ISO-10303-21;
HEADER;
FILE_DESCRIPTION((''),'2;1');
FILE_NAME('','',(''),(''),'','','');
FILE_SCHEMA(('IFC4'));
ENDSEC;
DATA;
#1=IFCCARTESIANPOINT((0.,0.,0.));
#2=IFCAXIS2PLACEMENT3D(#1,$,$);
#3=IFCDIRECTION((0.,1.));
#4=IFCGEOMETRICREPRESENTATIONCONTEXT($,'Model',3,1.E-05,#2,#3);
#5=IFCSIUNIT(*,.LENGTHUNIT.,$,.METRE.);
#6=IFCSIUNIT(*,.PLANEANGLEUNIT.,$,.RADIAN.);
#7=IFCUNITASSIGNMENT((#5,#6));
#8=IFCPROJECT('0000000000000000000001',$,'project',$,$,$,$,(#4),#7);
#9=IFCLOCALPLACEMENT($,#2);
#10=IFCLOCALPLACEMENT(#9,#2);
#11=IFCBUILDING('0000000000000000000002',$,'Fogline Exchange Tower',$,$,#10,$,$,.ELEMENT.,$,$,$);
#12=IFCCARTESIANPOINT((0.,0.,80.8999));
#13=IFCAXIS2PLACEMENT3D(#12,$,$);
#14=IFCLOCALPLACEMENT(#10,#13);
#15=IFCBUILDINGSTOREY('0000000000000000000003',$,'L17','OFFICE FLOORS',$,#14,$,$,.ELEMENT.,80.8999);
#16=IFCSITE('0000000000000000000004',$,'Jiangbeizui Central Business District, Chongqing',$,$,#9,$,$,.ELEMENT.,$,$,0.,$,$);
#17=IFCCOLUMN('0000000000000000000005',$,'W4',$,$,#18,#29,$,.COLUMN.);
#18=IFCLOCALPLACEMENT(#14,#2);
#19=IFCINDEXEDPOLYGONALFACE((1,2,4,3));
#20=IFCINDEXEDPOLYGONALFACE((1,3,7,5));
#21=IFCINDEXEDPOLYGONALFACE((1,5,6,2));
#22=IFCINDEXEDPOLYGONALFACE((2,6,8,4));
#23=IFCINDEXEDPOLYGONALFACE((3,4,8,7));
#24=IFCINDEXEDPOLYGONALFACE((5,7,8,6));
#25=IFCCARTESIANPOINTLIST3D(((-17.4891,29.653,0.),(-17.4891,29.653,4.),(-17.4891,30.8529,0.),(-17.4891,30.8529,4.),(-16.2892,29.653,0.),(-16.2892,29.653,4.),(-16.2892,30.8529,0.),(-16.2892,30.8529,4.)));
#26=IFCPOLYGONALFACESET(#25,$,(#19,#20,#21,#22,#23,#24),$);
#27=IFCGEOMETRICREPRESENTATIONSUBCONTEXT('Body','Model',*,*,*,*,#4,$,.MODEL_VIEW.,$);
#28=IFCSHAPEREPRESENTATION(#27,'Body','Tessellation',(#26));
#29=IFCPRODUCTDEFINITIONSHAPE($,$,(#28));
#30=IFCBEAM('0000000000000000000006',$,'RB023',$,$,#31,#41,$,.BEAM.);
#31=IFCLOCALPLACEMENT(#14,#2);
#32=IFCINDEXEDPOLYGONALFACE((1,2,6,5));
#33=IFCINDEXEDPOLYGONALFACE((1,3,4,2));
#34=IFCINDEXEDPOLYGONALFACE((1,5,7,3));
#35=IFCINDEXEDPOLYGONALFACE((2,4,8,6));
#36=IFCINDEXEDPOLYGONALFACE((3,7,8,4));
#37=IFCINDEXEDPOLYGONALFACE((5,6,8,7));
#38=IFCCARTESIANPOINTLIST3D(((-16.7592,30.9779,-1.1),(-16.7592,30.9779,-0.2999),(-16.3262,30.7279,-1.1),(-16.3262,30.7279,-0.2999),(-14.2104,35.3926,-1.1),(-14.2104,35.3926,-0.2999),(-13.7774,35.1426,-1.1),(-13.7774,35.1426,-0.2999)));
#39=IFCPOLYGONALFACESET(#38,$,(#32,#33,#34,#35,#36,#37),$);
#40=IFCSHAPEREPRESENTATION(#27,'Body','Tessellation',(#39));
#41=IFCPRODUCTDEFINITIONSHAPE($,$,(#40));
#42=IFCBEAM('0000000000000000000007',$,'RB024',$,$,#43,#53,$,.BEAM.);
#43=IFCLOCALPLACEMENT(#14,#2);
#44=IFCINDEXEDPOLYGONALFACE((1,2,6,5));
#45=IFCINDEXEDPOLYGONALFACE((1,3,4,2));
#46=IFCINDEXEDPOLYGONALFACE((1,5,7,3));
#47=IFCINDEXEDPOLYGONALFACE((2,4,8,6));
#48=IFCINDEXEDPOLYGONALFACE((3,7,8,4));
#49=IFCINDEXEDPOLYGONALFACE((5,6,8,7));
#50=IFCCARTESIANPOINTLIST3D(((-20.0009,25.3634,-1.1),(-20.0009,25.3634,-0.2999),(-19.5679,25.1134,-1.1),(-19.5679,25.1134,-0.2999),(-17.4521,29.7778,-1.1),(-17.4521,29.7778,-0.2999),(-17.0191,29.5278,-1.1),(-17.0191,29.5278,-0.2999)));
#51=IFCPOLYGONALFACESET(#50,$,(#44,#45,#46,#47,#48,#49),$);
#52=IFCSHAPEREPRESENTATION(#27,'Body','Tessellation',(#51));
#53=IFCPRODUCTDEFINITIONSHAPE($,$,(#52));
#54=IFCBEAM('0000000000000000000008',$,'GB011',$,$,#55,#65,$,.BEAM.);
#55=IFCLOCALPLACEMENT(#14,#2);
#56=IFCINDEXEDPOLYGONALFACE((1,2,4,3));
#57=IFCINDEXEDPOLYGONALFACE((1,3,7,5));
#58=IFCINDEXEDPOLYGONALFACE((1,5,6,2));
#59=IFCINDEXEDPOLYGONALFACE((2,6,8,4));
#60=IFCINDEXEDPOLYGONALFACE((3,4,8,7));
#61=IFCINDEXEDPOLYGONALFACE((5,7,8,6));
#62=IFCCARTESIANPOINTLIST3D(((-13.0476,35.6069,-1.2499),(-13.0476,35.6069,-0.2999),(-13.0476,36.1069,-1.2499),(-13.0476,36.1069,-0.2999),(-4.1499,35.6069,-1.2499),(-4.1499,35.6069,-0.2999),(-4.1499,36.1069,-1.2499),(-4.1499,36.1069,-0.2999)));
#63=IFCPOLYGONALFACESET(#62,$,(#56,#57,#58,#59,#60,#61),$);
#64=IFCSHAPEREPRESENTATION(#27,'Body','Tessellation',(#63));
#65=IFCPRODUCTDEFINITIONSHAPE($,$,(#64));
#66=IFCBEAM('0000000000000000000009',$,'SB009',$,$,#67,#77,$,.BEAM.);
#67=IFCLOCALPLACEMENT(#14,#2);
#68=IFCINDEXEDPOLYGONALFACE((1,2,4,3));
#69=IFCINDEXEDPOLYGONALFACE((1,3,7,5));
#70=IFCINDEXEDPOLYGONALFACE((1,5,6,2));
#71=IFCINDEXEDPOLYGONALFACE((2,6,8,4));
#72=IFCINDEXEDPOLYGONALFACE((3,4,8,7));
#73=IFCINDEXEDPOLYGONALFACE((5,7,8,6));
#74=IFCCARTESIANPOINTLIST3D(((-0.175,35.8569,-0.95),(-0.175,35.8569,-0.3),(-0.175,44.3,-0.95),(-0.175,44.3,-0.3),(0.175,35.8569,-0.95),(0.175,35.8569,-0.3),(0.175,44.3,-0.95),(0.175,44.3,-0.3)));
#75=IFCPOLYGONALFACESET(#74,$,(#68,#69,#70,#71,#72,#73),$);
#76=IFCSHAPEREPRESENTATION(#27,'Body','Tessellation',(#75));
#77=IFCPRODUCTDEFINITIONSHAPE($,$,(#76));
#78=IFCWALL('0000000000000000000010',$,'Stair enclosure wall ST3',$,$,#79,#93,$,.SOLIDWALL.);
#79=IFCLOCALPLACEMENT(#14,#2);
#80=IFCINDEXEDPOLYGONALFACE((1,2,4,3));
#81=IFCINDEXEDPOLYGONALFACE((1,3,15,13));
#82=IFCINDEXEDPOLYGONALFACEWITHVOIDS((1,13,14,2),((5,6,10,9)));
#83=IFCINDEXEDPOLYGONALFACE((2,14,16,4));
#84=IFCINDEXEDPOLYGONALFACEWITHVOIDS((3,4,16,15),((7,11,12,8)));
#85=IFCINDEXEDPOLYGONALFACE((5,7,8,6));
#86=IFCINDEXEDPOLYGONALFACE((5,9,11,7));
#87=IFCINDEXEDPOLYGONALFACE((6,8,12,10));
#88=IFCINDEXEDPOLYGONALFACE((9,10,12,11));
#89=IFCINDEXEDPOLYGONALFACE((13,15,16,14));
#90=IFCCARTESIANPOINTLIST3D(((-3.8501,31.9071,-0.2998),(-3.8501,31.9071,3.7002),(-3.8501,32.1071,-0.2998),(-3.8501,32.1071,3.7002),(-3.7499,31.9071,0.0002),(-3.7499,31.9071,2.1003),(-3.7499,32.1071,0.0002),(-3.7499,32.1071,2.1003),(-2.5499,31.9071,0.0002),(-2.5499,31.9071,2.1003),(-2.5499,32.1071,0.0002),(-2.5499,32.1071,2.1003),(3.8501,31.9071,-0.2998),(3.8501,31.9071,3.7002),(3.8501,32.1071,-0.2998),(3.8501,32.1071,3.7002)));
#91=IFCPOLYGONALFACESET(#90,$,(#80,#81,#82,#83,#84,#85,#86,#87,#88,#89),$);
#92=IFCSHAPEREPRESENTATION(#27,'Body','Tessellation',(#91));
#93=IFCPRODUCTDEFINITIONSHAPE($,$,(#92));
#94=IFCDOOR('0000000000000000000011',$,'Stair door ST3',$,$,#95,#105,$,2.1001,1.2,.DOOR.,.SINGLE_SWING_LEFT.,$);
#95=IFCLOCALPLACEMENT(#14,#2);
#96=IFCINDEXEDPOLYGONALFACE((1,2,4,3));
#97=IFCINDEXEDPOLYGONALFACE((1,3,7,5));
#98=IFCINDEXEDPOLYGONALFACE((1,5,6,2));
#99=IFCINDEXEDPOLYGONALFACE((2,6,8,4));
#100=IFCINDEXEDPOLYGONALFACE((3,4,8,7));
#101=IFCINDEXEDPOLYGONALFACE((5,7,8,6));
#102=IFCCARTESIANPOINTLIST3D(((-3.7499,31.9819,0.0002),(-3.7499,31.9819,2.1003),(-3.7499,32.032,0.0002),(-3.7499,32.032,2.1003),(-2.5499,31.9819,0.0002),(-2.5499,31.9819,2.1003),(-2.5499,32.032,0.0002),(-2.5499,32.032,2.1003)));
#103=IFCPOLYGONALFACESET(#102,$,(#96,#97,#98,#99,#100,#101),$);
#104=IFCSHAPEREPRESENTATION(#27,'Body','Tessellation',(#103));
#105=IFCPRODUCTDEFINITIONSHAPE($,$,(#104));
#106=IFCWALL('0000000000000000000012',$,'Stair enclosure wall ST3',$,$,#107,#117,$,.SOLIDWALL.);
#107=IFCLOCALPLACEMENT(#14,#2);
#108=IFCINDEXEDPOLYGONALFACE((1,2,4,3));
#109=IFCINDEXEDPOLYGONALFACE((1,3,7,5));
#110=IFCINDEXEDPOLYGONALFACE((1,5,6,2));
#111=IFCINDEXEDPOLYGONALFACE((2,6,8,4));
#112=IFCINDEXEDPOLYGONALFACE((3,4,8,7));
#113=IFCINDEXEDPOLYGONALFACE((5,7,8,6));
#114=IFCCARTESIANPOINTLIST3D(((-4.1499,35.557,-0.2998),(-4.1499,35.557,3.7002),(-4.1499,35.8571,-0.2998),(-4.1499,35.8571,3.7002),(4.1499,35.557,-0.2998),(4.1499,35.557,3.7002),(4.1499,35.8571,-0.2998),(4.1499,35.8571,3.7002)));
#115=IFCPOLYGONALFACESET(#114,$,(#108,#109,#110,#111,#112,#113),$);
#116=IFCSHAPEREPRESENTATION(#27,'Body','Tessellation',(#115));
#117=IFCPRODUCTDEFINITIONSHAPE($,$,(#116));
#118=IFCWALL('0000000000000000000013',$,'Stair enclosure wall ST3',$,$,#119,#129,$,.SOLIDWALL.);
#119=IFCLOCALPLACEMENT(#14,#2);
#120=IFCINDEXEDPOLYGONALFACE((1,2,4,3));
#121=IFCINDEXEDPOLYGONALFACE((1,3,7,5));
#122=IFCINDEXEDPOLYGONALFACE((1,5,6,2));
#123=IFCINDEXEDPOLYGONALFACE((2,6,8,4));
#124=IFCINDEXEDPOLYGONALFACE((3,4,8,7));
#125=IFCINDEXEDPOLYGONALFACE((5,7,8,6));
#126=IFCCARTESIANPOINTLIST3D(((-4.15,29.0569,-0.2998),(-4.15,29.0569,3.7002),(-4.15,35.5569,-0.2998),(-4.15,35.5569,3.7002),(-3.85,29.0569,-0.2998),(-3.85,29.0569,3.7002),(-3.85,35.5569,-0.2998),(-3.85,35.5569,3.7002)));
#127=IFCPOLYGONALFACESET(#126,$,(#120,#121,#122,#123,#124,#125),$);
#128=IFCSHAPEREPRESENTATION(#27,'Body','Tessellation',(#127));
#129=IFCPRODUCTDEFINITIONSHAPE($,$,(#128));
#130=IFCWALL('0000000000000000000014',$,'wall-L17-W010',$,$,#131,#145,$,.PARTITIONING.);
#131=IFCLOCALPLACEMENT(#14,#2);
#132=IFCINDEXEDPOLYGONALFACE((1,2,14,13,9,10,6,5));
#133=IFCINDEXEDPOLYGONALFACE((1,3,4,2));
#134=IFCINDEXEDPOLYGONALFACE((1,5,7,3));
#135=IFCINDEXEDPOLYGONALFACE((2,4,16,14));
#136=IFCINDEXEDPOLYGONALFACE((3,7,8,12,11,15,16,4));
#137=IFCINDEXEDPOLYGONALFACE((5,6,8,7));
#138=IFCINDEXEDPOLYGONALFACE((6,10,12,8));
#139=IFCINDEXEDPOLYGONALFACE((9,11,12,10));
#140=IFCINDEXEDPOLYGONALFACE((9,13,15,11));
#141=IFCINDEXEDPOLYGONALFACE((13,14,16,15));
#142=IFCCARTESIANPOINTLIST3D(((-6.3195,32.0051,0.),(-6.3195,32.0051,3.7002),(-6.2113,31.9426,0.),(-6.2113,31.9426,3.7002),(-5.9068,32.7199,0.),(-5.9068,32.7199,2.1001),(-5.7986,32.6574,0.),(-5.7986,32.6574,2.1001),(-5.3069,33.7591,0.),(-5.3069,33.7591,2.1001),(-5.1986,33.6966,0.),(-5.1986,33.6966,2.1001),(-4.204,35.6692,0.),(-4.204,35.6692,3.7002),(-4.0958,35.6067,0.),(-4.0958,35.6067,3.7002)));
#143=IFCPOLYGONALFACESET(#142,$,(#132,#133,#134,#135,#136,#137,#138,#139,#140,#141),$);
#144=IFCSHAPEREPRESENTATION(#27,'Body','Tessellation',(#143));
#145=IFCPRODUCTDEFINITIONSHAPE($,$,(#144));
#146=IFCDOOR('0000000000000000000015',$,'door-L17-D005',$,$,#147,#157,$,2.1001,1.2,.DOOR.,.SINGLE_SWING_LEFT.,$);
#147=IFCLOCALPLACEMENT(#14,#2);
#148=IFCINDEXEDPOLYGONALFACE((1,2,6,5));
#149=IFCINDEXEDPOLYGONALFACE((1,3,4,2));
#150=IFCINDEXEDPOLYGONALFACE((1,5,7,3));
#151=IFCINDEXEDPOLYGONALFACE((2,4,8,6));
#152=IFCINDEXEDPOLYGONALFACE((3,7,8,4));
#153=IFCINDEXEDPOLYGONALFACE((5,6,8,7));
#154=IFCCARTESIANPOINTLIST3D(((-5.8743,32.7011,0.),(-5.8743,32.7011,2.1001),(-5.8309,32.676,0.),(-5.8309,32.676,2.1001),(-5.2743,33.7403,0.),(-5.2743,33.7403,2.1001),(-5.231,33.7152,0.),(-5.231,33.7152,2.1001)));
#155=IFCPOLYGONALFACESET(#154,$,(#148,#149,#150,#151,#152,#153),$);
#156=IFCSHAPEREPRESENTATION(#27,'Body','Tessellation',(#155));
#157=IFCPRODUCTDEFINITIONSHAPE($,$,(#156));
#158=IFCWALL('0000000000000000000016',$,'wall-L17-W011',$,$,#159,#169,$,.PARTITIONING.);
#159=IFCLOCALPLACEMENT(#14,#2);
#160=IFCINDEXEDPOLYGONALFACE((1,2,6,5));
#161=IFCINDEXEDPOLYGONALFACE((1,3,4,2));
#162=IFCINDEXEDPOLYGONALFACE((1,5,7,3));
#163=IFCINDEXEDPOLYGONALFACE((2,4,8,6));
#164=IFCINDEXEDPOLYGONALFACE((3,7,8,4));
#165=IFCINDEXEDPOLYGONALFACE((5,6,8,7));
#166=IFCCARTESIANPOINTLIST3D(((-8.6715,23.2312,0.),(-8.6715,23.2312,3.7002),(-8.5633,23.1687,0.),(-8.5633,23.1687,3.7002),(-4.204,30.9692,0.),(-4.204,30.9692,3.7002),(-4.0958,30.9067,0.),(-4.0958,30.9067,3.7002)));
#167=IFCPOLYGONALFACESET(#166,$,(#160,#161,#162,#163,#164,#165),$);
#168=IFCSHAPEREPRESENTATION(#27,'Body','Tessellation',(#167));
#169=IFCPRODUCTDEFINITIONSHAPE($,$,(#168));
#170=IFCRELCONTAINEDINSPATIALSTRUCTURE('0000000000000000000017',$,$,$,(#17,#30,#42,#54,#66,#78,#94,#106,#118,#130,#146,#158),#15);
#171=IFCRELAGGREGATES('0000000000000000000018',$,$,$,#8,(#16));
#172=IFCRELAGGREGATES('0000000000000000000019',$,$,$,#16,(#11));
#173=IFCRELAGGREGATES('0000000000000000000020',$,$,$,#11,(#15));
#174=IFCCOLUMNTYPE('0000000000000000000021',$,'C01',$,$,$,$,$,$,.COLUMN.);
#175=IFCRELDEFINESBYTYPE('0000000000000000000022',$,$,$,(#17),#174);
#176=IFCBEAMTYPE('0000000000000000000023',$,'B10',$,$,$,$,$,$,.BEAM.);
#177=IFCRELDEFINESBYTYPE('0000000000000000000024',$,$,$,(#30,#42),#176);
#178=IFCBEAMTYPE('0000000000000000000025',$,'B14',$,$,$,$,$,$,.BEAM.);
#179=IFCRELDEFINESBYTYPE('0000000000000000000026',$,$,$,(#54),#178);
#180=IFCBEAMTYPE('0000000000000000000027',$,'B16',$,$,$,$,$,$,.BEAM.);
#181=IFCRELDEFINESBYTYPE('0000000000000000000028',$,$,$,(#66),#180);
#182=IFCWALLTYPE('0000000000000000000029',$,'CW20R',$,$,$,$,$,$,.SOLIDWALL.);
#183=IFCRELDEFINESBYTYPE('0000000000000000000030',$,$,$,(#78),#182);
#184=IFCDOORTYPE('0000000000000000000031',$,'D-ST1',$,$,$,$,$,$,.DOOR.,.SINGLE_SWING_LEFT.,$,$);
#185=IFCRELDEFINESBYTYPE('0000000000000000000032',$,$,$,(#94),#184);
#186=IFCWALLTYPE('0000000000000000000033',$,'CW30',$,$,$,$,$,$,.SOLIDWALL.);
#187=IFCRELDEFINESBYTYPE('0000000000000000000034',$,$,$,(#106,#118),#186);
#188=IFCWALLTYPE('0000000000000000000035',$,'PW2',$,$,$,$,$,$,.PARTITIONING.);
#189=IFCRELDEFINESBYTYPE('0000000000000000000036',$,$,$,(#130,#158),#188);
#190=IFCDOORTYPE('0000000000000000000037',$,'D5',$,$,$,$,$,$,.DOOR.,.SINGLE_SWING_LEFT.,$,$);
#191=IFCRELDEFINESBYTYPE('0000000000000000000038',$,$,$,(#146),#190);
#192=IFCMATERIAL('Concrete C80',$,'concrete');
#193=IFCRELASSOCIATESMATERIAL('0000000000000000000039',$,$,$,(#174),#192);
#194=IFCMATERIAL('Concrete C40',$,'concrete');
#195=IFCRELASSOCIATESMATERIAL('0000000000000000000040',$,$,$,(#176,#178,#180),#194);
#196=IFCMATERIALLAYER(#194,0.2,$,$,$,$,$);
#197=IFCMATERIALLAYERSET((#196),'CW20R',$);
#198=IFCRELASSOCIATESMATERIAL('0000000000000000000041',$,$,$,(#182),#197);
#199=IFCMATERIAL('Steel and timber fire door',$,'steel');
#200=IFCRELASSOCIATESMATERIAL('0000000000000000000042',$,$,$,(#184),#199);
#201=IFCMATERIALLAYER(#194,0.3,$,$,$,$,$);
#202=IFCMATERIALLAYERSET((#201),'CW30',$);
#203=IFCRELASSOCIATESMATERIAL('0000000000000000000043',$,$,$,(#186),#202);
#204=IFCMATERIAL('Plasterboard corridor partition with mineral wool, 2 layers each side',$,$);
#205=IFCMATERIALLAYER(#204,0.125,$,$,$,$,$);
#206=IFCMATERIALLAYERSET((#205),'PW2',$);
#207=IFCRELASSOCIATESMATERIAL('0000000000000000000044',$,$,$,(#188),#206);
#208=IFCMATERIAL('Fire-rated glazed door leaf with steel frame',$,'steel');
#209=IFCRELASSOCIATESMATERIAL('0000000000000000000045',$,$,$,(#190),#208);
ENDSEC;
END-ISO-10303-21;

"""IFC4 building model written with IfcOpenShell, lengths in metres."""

from ifc_helpers import new_model, si_unit, direction, frame, frame_2d, origin, origin_2d, place, context, subcontext, project, spatial, rectangle, extrude, material, layer, layer_set, material_profile, profile_set, type_object, element, fill, save


model = new_model("IFC4")

# Units and contexts
model_context = context("Model", 3, precision=1e-05, world=origin(), true_north=direction((0.0, 1.0)))
body_context = subcontext(model_context, "Body", "Model", "MODEL_VIEW")
ifc_project = project(units=[si_unit("LENGTHUNIT", "METRE"), si_unit("PLANEANGLEUNIT", "RADIAN")], contexts=[model_context])

# Site, building, storey
site_placement = place(None, origin())
site = spatial("IfcSite", under=ifc_project, at=site_placement, Name="Jiangbeizui Central Business District, Chongqing", CompositionType="ELEMENT", RefElevation=0.0)
building_placement = place(site_placement, origin())
building = spatial("IfcBuilding", under=site, at=building_placement, Name="Fogline Exchange Tower", CompositionType="ELEMENT")
storey_placement = place(building_placement, frame((0.0, 0.0, 80.8999)))
storey = spatial("IfcBuildingStorey", under=building, at=storey_placement, Name="L17", Description="OFFICE FLOORS", CompositionType="ELEMENT", Elevation=80.8999)

# Column
ifc_material_1 = material(Name="Concrete C80", Category="concrete")
ifc_material_profile_1 = material_profile(ifc_material_1, rectangle(XDim=1.2, YDim=1.2, at=origin_2d()), Name="RC 1200x1200")
ifc_profile_set_1 = profile_set([ifc_material_profile_1], Name="Concrete C80")
column_type = type_object("IfcColumnType", Name="C01", PredefinedType="COLUMN", material=ifc_profile_set_1)
column_placement = place(storey_placement, frame((-16.8892, 30.2529, 0.0), z_axis=(0.0, 0.0, 1.0), x_axis=(1.0, 0.0, 0.0)))
element("IfcColumn", 1, at=column_placement, inside=storey, type_object=column_type, Name="W4", PredefinedType="COLUMN", context=body_context, shape_type="SweptSolid", body=[
    extrude(rectangle(XDim=1.2, YDim=1.2, at=origin_2d()), origin(), (0.0, 0.0, 1.0), 4.0),
])

# Beams
ifc_material_2 = material(Name="Concrete C40", Category="concrete")
ifc_material_profile_2 = material_profile(ifc_material_2, rectangle(XDim=0.5, YDim=0.8, at=origin_2d()), Name="RC 500x800")
ifc_profile_set_2 = profile_set([ifc_material_profile_2], Name="Concrete C40")
beam_type_1 = type_object("IfcBeamType", Name="B10", PredefinedType="BEAM", material=ifc_profile_set_2)
beam_1_placement = place(storey_placement, frame((-13.9939, 35.2676, -0.7), z_axis=(-0.499992, -0.86603, 0.0), x_axis=(0.86603, -0.499992, 0.0)))
element("IfcBeam", 2, at=beam_1_placement, inside=storey, type_object=beam_type_1, Name="RB023", PredefinedType="BEAM", context=body_context, shape_type="SweptSolid", body=[
    extrude(rectangle(XDim=0.5, YDim=0.8, at=origin_2d()), origin(), (0.0, 0.0, 1.0), 5.0977),
])
beam_2_placement = place(storey_placement, frame((-17.2356, 29.6528, -0.7), z_axis=(-0.500013, -0.866018, 0.0), x_axis=(0.866018, -0.500013, 0.0)))
element("IfcBeam", 3, at=beam_2_placement, inside=storey, type_object=beam_type_1, Name="RB024", PredefinedType="BEAM", context=body_context, shape_type="SweptSolid", body=[
    extrude(rectangle(XDim=0.5, YDim=0.8, at=origin_2d()), origin(), (0.0, 0.0, 1.0), 5.0974),
])
ifc_material_profile_3 = material_profile(ifc_material_2, rectangle(XDim=0.5, YDim=0.95, at=origin_2d()), Name="RC 500x950")
ifc_profile_set_3 = profile_set([ifc_material_profile_3], Name="Concrete C40")
beam_type_2 = type_object("IfcBeamType", Name="B14", PredefinedType="BEAM", material=ifc_profile_set_3)
beam_3_placement = place(storey_placement, frame((-13.0476, 35.8569, -0.7749), z_axis=(1.0, 0.0, 0.0), x_axis=(0.0, 1.0, 0.0)))
element("IfcBeam", 4, at=beam_3_placement, inside=storey, type_object=beam_type_2, Name="GB011", PredefinedType="BEAM", context=body_context, shape_type="SweptSolid", body=[
    extrude(rectangle(XDim=0.5, YDim=0.95, at=origin_2d()), origin(), (0.0, 0.0, 1.0), 8.8977),
])
ifc_material_profile_4 = material_profile(ifc_material_2, rectangle(XDim=0.3501, YDim=0.6499, at=origin_2d()), Name="RC 350x650")
ifc_profile_set_4 = profile_set([ifc_material_profile_4], Name="Concrete C40")
beam_type_3 = type_object("IfcBeamType", Name="B16", PredefinedType="BEAM", material=ifc_profile_set_4)
beam_4_placement = place(storey_placement, frame((0.0, 35.8569, -0.625), z_axis=(0.0, 1.0, 0.0), x_axis=(-1.0, 0.0, 0.0)))
element("IfcBeam", 5, at=beam_4_placement, inside=storey, type_object=beam_type_3, Name="SB009", PredefinedType="BEAM", context=body_context, shape_type="SweptSolid", body=[
    extrude(rectangle(XDim=0.3501, YDim=0.6499, at=origin_2d()), origin(), (0.0, 0.0, 1.0), 8.4431),
])

# Wall, opening, door
ifc_layer_1 = layer(ifc_material_2, 0.2)
ifc_layer_set_1 = layer_set([ifc_layer_1], Name="CW20R")
wall_type_1 = type_object("IfcWallType", Name="CW20R", PredefinedType="SOLIDWALL", material=ifc_layer_set_1)
wall_1_placement = place(storey_placement, frame((-3.8501, 32.0071, -0.2998), z_axis=(0.0, 0.0, 1.0), x_axis=(1.0, 0.0, 0.0)))
wall_1 = element("IfcWall", 6, at=wall_1_placement, inside=storey, type_object=wall_type_1, Name="Stair enclosure wall ST3", PredefinedType="SOLIDWALL", context=body_context, shape_type="SweptSolid", body=[
    extrude(rectangle(XDim=7.7002, YDim=0.2, at=frame_2d((3.8501, 0.0))), origin(), (0.0, 0.0, 1.0), 4.0),
])
opening_1_placement = place(wall_1_placement, frame((0.1001, 0.0, 0.3)))
opening_1 = element("IfcOpeningElement", 7, at=opening_1_placement, cuts=wall_1, PredefinedType="OPENING", context=body_context, shape_type="SweptSolid", body=[
    extrude(rectangle(XDim=1.2, YDim=2.1001, at=frame_2d((0.6001, 1.05))), frame((0.0, 0.1099, 0.0), z_axis=(0.0, -1.0, 0.0), x_axis=(1.0, 0.0, 0.0)), (0.0, 0.0, 1.0), 0.22),
])
ifc_material_3 = material(Name="Steel and timber fire door", Category="steel")
door_type_1 = type_object("IfcDoorType", Name="D-ST1", OperationType="SINGLE_SWING_LEFT", PredefinedType="DOOR", material=ifc_material_3)
door_1_placement = place(opening_1_placement, origin())
door_1 = element("IfcDoor", 8, at=door_1_placement, inside=storey, type_object=door_type_1, Name="Stair door ST3", OperationType="SINGLE_SWING_LEFT", OverallHeight=2.1001, OverallWidth=1.2, PredefinedType="DOOR", context=body_context, shape_type="SweptSolid", body=[
    extrude(rectangle(XDim=1.2, YDim=2.1001, at=frame_2d((0.6001, 1.05))), frame((0.0, 0.0249, 0.0), z_axis=(0.0, -1.0, 0.0), x_axis=(1.0, 0.0, 0.0)), (0.0, 0.0, 1.0), 0.05),
])
fill(opening_1, door_1)

# Walls
ifc_layer_2 = layer(ifc_material_2, 0.3)
ifc_layer_set_2 = layer_set([ifc_layer_2], Name="CW30")
wall_type_2 = type_object("IfcWallType", Name="CW30", PredefinedType="SOLIDWALL", material=ifc_layer_set_2)
wall_2_placement = place(storey_placement, frame((-4.1499, 35.707, -0.2998), z_axis=(0.0, 0.0, 1.0), x_axis=(1.0, 0.0, 0.0)))
element("IfcWall", 9, at=wall_2_placement, inside=storey, type_object=wall_type_2, Name="Stair enclosure wall ST3", PredefinedType="SOLIDWALL", context=body_context, shape_type="SweptSolid", body=[
    extrude(rectangle(XDim=8.2998, YDim=0.3, at=frame_2d((4.1499, 0.0))), origin(), (0.0, 0.0, 1.0), 4.0),
])
wall_3_placement = place(storey_placement, frame((-4.0, 29.0569, -0.2998), z_axis=(0.0, 0.0, 1.0), x_axis=(0.0, 1.0, 0.0)))
element("IfcWall", 10, at=wall_3_placement, inside=storey, type_object=wall_type_2, Name="Stair enclosure wall ST3", PredefinedType="SOLIDWALL", context=body_context, shape_type="SweptSolid", body=[
    extrude(rectangle(XDim=6.5, YDim=0.3, at=frame_2d((3.25, 0.0))), origin(), (0.0, 0.0, 1.0), 4.0),
])

# Wall, opening, door
ifc_material_4 = material(Name="Plasterboard corridor partition with mineral wool, 2 layers each side")
ifc_layer_3 = layer(ifc_material_4, 0.125)
ifc_layer_set_3 = layer_set([ifc_layer_3], Name="PW2")
wall_type_3 = type_object("IfcWallType", Name="PW2", PredefinedType="PARTITIONING", material=ifc_layer_set_3)
wall_4_placement = place(storey_placement, frame((-6.2654, 31.9739, 0.0), z_axis=(0.0, 0.0, 1.0), x_axis=(0.500006, 0.866022, 0.0)))
wall_4 = element("IfcWall", 11, at=wall_4_placement, inside=storey, type_object=wall_type_3, Name="wall-L17-W010", PredefinedType="PARTITIONING", context=body_context, shape_type="SweptSolid", body=[
    extrude(rectangle(XDim=4.231, YDim=0.125, at=frame_2d((2.1155, 0.0))), origin(), (0.0, 0.0, 1.0), 3.7002),
])
opening_2_placement = place(wall_4_placement, frame((0.8252, 0.0, 0.0)))
opening_2 = element("IfcOpeningElement", 12, at=opening_2_placement, cuts=wall_4, PredefinedType="OPENING", context=body_context, shape_type="SweptSolid", body=[
    extrude(rectangle(XDim=1.2, YDim=2.1001, at=frame_2d((0.6001, 1.05))), frame((0.0, 0.0725, 0.0), z_axis=(0.0, -1.0, 0.0), x_axis=(1.0, 0.0, 0.0)), (0.0, 0.0, 1.0), 0.145),
])
ifc_material_5 = material(Name="Fire-rated glazed door leaf with steel frame", Category="steel")
door_type_2 = type_object("IfcDoorType", Name="D5", OperationType="SINGLE_SWING_LEFT", PredefinedType="DOOR", material=ifc_material_5)
door_2_placement = place(opening_2_placement, origin())
door_2 = element("IfcDoor", 13, at=door_2_placement, inside=storey, type_object=door_type_2, Name="door-L17-D005", OperationType="SINGLE_SWING_LEFT", OverallHeight=2.1001, OverallWidth=1.2, PredefinedType="DOOR", context=body_context, shape_type="SweptSolid", body=[
    extrude(rectangle(XDim=1.2, YDim=2.1001, at=frame_2d((0.6001, 1.05))), frame((0.0, 0.0249, 0.0), z_axis=(0.0, -1.0, 0.0), x_axis=(1.0, 0.0, 0.0)), (0.0, 0.0, 1.0), 0.05),
])
fill(opening_2, door_2)

# Wall
wall_5_placement = place(storey_placement, frame((-4.1499, 30.938, 0.0), z_axis=(0.0, 0.0, 1.0), x_axis=(-0.499998, -0.866027, 0.0)))
element("IfcWall", 14, at=wall_5_placement, inside=storey, type_object=wall_type_3, Name="wall-L17-W011", PredefinedType="PARTITIONING", context=body_context, shape_type="SweptSolid", body=[
    extrude(rectangle(XDim=8.9351, YDim=0.125, at=frame_2d((4.4675, 0.0))), origin(), (0.0, 0.0, 1.0), 3.7002),
])

save(model, "model.ifc")
